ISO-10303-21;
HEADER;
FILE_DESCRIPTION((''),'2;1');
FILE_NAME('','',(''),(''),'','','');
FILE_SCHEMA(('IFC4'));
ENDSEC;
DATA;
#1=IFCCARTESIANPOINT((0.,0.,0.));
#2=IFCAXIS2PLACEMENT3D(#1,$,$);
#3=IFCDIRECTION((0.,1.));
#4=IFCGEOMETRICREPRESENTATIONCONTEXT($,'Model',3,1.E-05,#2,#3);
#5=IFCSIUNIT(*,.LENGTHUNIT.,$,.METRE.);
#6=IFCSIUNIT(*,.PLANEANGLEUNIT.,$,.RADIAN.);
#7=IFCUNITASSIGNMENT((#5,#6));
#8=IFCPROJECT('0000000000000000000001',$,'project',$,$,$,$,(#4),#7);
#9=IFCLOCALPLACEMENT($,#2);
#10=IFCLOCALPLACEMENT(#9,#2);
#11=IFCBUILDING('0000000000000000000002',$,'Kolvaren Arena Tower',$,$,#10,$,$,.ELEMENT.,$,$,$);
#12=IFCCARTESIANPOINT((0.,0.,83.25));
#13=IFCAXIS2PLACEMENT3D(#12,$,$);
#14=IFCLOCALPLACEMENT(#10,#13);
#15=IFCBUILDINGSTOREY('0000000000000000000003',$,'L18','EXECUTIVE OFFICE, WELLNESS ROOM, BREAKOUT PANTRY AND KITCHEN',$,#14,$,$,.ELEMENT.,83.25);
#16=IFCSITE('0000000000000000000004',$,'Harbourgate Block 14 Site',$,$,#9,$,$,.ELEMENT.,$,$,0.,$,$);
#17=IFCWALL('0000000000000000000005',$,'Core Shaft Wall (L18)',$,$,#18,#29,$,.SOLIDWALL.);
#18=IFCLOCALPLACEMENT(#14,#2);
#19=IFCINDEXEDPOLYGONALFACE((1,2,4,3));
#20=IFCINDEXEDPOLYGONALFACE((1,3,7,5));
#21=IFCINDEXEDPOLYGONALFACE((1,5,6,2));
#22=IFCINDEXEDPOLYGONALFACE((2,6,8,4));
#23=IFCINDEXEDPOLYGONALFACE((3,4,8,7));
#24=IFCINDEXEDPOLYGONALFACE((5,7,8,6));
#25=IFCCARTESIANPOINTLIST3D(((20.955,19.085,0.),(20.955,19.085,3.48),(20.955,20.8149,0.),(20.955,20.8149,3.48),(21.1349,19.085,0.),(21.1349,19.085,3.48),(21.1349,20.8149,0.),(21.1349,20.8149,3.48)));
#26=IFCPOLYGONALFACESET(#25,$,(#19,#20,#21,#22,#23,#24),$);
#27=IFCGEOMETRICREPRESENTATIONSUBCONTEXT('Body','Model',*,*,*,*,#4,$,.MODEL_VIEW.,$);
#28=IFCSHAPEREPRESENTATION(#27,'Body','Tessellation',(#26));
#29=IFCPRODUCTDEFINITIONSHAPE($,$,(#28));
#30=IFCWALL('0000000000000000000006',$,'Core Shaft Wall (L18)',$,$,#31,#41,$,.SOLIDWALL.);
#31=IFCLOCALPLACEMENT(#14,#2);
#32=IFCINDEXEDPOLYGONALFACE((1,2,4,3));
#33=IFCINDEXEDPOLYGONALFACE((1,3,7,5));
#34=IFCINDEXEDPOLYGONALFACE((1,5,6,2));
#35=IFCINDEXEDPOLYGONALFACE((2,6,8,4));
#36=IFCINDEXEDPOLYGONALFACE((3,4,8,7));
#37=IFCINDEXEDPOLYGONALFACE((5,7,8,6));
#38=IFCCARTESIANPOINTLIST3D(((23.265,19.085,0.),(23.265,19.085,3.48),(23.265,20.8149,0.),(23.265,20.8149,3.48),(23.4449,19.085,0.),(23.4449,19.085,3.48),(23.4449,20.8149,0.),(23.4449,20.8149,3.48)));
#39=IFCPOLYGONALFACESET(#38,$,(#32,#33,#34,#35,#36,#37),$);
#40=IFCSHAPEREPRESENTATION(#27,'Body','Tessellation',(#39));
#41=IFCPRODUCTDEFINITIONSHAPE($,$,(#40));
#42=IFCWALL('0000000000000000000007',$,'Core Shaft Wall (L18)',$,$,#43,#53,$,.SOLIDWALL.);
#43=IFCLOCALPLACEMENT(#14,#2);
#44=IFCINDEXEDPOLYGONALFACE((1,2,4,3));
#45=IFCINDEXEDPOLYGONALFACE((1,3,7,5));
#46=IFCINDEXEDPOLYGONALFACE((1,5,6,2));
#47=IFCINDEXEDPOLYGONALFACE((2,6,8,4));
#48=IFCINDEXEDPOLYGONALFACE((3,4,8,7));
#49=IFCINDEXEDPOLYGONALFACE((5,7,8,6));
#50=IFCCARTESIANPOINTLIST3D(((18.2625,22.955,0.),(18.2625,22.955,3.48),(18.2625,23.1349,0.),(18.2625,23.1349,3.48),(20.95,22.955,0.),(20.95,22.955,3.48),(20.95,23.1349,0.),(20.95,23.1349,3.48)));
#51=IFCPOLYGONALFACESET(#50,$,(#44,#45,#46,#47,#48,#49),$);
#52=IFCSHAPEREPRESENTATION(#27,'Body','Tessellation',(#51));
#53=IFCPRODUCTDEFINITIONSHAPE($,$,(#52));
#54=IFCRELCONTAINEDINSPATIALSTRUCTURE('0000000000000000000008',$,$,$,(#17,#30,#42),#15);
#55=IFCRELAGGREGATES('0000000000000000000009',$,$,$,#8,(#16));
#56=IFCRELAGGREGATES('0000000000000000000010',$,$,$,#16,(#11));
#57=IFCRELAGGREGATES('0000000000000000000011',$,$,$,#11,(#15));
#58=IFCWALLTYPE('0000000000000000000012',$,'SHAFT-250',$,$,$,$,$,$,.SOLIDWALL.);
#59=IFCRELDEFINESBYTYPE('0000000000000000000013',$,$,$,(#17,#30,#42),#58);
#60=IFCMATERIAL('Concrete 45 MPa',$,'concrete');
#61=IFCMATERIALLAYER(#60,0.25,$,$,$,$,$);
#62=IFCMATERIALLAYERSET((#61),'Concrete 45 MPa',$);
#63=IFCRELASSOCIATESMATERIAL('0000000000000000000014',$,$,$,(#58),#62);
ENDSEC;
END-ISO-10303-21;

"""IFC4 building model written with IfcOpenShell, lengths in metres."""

from ifc_helpers import new_model, si_unit, direction, frame, frame_2d, origin, place, context, subcontext, project, spatial, rectangle, extrude, material, layer, layer_set, type_object, element, save


model = new_model("IFC4")

# Units and contexts
model_context = context("Model", 3, precision=1e-05, world=origin(), true_north=direction((0.0, 1.0)))
body_context = subcontext(model_context, "Body", "Model", "MODEL_VIEW")
ifc_project = project(units=[si_unit("LENGTHUNIT", "METRE"), si_unit("PLANEANGLEUNIT", "RADIAN")], contexts=[model_context])

# Site, building, storey
site_placement = place(None, origin())
site = spatial("IfcSite", under=ifc_project, at=site_placement, Name="Harbourgate Block 14 Site", CompositionType="ELEMENT", RefElevation=0.0)
building_placement = place(site_placement, origin())
building = spatial("IfcBuilding", under=site, at=building_placement, Name="Kolvaren Arena Tower", CompositionType="ELEMENT")
storey_placement = place(building_placement, frame((0.0, 0.0, 83.25)))
storey = spatial("IfcBuildingStorey", under=building, at=storey_placement, Name="L18", Description="EXECUTIVE OFFICE, WELLNESS ROOM, BREAKOUT PANTRY AND KITCHEN", CompositionType="ELEMENT", Elevation=83.25)

# Walls
ifc_material_1 = material(Name="Concrete 45 MPa", Category="concrete")
ifc_layer_1 = layer(ifc_material_1, 0.25)
ifc_layer_set_1 = layer_set([ifc_layer_1], Name="Concrete 45 MPa")
wall_type_1 = type_object("IfcWallType", Name="SHAFT-250", PredefinedType="SOLIDWALL", material=ifc_layer_set_1)
for number, where, z_axis, x_axis, name in (
    (1, (21.0449, 19.085, 0.0), (0.0, 0.0, 1.0), (0.0, 1.0, 0.0), "Core Shaft Wall (L18)"),
    (2, (23.355, 19.085, 0.0), (0.0, 0.0, 1.0), (0.0, 1.0, 0.0), "Core Shaft Wall (L18)"),
):
    element("IfcWall", number, at=place(storey_placement, frame(where, z_axis=z_axis, x_axis=x_axis)), inside=storey, type_object=wall_type_1, Name=name, PredefinedType="SOLIDWALL", context=body_context, shape_type="SweptSolid", body=[
        extrude(rectangle(XDim=1.73, YDim=0.1799, at=frame_2d((0.865, 0.0))), origin(), (0.0, 0.0, 1.0), 3.48),
    ])
wall_1_placement = place(storey_placement, frame((18.2625, 23.0449, 0.0), z_axis=(0.0, 0.0, 1.0), x_axis=(1.0, 0.0, 0.0)))
element("IfcWall", 3, at=wall_1_placement, inside=storey, type_object=wall_type_1, Name="Core Shaft Wall (L18)", PredefinedType="SOLIDWALL", context=body_context, shape_type="SweptSolid", body=[
    extrude(rectangle(XDim=2.6875, YDim=0.1799, at=frame_2d((1.3438, 0.0))), origin(), (0.0, 0.0, 1.0), 3.48),
])

save(model, "model.ifc")
